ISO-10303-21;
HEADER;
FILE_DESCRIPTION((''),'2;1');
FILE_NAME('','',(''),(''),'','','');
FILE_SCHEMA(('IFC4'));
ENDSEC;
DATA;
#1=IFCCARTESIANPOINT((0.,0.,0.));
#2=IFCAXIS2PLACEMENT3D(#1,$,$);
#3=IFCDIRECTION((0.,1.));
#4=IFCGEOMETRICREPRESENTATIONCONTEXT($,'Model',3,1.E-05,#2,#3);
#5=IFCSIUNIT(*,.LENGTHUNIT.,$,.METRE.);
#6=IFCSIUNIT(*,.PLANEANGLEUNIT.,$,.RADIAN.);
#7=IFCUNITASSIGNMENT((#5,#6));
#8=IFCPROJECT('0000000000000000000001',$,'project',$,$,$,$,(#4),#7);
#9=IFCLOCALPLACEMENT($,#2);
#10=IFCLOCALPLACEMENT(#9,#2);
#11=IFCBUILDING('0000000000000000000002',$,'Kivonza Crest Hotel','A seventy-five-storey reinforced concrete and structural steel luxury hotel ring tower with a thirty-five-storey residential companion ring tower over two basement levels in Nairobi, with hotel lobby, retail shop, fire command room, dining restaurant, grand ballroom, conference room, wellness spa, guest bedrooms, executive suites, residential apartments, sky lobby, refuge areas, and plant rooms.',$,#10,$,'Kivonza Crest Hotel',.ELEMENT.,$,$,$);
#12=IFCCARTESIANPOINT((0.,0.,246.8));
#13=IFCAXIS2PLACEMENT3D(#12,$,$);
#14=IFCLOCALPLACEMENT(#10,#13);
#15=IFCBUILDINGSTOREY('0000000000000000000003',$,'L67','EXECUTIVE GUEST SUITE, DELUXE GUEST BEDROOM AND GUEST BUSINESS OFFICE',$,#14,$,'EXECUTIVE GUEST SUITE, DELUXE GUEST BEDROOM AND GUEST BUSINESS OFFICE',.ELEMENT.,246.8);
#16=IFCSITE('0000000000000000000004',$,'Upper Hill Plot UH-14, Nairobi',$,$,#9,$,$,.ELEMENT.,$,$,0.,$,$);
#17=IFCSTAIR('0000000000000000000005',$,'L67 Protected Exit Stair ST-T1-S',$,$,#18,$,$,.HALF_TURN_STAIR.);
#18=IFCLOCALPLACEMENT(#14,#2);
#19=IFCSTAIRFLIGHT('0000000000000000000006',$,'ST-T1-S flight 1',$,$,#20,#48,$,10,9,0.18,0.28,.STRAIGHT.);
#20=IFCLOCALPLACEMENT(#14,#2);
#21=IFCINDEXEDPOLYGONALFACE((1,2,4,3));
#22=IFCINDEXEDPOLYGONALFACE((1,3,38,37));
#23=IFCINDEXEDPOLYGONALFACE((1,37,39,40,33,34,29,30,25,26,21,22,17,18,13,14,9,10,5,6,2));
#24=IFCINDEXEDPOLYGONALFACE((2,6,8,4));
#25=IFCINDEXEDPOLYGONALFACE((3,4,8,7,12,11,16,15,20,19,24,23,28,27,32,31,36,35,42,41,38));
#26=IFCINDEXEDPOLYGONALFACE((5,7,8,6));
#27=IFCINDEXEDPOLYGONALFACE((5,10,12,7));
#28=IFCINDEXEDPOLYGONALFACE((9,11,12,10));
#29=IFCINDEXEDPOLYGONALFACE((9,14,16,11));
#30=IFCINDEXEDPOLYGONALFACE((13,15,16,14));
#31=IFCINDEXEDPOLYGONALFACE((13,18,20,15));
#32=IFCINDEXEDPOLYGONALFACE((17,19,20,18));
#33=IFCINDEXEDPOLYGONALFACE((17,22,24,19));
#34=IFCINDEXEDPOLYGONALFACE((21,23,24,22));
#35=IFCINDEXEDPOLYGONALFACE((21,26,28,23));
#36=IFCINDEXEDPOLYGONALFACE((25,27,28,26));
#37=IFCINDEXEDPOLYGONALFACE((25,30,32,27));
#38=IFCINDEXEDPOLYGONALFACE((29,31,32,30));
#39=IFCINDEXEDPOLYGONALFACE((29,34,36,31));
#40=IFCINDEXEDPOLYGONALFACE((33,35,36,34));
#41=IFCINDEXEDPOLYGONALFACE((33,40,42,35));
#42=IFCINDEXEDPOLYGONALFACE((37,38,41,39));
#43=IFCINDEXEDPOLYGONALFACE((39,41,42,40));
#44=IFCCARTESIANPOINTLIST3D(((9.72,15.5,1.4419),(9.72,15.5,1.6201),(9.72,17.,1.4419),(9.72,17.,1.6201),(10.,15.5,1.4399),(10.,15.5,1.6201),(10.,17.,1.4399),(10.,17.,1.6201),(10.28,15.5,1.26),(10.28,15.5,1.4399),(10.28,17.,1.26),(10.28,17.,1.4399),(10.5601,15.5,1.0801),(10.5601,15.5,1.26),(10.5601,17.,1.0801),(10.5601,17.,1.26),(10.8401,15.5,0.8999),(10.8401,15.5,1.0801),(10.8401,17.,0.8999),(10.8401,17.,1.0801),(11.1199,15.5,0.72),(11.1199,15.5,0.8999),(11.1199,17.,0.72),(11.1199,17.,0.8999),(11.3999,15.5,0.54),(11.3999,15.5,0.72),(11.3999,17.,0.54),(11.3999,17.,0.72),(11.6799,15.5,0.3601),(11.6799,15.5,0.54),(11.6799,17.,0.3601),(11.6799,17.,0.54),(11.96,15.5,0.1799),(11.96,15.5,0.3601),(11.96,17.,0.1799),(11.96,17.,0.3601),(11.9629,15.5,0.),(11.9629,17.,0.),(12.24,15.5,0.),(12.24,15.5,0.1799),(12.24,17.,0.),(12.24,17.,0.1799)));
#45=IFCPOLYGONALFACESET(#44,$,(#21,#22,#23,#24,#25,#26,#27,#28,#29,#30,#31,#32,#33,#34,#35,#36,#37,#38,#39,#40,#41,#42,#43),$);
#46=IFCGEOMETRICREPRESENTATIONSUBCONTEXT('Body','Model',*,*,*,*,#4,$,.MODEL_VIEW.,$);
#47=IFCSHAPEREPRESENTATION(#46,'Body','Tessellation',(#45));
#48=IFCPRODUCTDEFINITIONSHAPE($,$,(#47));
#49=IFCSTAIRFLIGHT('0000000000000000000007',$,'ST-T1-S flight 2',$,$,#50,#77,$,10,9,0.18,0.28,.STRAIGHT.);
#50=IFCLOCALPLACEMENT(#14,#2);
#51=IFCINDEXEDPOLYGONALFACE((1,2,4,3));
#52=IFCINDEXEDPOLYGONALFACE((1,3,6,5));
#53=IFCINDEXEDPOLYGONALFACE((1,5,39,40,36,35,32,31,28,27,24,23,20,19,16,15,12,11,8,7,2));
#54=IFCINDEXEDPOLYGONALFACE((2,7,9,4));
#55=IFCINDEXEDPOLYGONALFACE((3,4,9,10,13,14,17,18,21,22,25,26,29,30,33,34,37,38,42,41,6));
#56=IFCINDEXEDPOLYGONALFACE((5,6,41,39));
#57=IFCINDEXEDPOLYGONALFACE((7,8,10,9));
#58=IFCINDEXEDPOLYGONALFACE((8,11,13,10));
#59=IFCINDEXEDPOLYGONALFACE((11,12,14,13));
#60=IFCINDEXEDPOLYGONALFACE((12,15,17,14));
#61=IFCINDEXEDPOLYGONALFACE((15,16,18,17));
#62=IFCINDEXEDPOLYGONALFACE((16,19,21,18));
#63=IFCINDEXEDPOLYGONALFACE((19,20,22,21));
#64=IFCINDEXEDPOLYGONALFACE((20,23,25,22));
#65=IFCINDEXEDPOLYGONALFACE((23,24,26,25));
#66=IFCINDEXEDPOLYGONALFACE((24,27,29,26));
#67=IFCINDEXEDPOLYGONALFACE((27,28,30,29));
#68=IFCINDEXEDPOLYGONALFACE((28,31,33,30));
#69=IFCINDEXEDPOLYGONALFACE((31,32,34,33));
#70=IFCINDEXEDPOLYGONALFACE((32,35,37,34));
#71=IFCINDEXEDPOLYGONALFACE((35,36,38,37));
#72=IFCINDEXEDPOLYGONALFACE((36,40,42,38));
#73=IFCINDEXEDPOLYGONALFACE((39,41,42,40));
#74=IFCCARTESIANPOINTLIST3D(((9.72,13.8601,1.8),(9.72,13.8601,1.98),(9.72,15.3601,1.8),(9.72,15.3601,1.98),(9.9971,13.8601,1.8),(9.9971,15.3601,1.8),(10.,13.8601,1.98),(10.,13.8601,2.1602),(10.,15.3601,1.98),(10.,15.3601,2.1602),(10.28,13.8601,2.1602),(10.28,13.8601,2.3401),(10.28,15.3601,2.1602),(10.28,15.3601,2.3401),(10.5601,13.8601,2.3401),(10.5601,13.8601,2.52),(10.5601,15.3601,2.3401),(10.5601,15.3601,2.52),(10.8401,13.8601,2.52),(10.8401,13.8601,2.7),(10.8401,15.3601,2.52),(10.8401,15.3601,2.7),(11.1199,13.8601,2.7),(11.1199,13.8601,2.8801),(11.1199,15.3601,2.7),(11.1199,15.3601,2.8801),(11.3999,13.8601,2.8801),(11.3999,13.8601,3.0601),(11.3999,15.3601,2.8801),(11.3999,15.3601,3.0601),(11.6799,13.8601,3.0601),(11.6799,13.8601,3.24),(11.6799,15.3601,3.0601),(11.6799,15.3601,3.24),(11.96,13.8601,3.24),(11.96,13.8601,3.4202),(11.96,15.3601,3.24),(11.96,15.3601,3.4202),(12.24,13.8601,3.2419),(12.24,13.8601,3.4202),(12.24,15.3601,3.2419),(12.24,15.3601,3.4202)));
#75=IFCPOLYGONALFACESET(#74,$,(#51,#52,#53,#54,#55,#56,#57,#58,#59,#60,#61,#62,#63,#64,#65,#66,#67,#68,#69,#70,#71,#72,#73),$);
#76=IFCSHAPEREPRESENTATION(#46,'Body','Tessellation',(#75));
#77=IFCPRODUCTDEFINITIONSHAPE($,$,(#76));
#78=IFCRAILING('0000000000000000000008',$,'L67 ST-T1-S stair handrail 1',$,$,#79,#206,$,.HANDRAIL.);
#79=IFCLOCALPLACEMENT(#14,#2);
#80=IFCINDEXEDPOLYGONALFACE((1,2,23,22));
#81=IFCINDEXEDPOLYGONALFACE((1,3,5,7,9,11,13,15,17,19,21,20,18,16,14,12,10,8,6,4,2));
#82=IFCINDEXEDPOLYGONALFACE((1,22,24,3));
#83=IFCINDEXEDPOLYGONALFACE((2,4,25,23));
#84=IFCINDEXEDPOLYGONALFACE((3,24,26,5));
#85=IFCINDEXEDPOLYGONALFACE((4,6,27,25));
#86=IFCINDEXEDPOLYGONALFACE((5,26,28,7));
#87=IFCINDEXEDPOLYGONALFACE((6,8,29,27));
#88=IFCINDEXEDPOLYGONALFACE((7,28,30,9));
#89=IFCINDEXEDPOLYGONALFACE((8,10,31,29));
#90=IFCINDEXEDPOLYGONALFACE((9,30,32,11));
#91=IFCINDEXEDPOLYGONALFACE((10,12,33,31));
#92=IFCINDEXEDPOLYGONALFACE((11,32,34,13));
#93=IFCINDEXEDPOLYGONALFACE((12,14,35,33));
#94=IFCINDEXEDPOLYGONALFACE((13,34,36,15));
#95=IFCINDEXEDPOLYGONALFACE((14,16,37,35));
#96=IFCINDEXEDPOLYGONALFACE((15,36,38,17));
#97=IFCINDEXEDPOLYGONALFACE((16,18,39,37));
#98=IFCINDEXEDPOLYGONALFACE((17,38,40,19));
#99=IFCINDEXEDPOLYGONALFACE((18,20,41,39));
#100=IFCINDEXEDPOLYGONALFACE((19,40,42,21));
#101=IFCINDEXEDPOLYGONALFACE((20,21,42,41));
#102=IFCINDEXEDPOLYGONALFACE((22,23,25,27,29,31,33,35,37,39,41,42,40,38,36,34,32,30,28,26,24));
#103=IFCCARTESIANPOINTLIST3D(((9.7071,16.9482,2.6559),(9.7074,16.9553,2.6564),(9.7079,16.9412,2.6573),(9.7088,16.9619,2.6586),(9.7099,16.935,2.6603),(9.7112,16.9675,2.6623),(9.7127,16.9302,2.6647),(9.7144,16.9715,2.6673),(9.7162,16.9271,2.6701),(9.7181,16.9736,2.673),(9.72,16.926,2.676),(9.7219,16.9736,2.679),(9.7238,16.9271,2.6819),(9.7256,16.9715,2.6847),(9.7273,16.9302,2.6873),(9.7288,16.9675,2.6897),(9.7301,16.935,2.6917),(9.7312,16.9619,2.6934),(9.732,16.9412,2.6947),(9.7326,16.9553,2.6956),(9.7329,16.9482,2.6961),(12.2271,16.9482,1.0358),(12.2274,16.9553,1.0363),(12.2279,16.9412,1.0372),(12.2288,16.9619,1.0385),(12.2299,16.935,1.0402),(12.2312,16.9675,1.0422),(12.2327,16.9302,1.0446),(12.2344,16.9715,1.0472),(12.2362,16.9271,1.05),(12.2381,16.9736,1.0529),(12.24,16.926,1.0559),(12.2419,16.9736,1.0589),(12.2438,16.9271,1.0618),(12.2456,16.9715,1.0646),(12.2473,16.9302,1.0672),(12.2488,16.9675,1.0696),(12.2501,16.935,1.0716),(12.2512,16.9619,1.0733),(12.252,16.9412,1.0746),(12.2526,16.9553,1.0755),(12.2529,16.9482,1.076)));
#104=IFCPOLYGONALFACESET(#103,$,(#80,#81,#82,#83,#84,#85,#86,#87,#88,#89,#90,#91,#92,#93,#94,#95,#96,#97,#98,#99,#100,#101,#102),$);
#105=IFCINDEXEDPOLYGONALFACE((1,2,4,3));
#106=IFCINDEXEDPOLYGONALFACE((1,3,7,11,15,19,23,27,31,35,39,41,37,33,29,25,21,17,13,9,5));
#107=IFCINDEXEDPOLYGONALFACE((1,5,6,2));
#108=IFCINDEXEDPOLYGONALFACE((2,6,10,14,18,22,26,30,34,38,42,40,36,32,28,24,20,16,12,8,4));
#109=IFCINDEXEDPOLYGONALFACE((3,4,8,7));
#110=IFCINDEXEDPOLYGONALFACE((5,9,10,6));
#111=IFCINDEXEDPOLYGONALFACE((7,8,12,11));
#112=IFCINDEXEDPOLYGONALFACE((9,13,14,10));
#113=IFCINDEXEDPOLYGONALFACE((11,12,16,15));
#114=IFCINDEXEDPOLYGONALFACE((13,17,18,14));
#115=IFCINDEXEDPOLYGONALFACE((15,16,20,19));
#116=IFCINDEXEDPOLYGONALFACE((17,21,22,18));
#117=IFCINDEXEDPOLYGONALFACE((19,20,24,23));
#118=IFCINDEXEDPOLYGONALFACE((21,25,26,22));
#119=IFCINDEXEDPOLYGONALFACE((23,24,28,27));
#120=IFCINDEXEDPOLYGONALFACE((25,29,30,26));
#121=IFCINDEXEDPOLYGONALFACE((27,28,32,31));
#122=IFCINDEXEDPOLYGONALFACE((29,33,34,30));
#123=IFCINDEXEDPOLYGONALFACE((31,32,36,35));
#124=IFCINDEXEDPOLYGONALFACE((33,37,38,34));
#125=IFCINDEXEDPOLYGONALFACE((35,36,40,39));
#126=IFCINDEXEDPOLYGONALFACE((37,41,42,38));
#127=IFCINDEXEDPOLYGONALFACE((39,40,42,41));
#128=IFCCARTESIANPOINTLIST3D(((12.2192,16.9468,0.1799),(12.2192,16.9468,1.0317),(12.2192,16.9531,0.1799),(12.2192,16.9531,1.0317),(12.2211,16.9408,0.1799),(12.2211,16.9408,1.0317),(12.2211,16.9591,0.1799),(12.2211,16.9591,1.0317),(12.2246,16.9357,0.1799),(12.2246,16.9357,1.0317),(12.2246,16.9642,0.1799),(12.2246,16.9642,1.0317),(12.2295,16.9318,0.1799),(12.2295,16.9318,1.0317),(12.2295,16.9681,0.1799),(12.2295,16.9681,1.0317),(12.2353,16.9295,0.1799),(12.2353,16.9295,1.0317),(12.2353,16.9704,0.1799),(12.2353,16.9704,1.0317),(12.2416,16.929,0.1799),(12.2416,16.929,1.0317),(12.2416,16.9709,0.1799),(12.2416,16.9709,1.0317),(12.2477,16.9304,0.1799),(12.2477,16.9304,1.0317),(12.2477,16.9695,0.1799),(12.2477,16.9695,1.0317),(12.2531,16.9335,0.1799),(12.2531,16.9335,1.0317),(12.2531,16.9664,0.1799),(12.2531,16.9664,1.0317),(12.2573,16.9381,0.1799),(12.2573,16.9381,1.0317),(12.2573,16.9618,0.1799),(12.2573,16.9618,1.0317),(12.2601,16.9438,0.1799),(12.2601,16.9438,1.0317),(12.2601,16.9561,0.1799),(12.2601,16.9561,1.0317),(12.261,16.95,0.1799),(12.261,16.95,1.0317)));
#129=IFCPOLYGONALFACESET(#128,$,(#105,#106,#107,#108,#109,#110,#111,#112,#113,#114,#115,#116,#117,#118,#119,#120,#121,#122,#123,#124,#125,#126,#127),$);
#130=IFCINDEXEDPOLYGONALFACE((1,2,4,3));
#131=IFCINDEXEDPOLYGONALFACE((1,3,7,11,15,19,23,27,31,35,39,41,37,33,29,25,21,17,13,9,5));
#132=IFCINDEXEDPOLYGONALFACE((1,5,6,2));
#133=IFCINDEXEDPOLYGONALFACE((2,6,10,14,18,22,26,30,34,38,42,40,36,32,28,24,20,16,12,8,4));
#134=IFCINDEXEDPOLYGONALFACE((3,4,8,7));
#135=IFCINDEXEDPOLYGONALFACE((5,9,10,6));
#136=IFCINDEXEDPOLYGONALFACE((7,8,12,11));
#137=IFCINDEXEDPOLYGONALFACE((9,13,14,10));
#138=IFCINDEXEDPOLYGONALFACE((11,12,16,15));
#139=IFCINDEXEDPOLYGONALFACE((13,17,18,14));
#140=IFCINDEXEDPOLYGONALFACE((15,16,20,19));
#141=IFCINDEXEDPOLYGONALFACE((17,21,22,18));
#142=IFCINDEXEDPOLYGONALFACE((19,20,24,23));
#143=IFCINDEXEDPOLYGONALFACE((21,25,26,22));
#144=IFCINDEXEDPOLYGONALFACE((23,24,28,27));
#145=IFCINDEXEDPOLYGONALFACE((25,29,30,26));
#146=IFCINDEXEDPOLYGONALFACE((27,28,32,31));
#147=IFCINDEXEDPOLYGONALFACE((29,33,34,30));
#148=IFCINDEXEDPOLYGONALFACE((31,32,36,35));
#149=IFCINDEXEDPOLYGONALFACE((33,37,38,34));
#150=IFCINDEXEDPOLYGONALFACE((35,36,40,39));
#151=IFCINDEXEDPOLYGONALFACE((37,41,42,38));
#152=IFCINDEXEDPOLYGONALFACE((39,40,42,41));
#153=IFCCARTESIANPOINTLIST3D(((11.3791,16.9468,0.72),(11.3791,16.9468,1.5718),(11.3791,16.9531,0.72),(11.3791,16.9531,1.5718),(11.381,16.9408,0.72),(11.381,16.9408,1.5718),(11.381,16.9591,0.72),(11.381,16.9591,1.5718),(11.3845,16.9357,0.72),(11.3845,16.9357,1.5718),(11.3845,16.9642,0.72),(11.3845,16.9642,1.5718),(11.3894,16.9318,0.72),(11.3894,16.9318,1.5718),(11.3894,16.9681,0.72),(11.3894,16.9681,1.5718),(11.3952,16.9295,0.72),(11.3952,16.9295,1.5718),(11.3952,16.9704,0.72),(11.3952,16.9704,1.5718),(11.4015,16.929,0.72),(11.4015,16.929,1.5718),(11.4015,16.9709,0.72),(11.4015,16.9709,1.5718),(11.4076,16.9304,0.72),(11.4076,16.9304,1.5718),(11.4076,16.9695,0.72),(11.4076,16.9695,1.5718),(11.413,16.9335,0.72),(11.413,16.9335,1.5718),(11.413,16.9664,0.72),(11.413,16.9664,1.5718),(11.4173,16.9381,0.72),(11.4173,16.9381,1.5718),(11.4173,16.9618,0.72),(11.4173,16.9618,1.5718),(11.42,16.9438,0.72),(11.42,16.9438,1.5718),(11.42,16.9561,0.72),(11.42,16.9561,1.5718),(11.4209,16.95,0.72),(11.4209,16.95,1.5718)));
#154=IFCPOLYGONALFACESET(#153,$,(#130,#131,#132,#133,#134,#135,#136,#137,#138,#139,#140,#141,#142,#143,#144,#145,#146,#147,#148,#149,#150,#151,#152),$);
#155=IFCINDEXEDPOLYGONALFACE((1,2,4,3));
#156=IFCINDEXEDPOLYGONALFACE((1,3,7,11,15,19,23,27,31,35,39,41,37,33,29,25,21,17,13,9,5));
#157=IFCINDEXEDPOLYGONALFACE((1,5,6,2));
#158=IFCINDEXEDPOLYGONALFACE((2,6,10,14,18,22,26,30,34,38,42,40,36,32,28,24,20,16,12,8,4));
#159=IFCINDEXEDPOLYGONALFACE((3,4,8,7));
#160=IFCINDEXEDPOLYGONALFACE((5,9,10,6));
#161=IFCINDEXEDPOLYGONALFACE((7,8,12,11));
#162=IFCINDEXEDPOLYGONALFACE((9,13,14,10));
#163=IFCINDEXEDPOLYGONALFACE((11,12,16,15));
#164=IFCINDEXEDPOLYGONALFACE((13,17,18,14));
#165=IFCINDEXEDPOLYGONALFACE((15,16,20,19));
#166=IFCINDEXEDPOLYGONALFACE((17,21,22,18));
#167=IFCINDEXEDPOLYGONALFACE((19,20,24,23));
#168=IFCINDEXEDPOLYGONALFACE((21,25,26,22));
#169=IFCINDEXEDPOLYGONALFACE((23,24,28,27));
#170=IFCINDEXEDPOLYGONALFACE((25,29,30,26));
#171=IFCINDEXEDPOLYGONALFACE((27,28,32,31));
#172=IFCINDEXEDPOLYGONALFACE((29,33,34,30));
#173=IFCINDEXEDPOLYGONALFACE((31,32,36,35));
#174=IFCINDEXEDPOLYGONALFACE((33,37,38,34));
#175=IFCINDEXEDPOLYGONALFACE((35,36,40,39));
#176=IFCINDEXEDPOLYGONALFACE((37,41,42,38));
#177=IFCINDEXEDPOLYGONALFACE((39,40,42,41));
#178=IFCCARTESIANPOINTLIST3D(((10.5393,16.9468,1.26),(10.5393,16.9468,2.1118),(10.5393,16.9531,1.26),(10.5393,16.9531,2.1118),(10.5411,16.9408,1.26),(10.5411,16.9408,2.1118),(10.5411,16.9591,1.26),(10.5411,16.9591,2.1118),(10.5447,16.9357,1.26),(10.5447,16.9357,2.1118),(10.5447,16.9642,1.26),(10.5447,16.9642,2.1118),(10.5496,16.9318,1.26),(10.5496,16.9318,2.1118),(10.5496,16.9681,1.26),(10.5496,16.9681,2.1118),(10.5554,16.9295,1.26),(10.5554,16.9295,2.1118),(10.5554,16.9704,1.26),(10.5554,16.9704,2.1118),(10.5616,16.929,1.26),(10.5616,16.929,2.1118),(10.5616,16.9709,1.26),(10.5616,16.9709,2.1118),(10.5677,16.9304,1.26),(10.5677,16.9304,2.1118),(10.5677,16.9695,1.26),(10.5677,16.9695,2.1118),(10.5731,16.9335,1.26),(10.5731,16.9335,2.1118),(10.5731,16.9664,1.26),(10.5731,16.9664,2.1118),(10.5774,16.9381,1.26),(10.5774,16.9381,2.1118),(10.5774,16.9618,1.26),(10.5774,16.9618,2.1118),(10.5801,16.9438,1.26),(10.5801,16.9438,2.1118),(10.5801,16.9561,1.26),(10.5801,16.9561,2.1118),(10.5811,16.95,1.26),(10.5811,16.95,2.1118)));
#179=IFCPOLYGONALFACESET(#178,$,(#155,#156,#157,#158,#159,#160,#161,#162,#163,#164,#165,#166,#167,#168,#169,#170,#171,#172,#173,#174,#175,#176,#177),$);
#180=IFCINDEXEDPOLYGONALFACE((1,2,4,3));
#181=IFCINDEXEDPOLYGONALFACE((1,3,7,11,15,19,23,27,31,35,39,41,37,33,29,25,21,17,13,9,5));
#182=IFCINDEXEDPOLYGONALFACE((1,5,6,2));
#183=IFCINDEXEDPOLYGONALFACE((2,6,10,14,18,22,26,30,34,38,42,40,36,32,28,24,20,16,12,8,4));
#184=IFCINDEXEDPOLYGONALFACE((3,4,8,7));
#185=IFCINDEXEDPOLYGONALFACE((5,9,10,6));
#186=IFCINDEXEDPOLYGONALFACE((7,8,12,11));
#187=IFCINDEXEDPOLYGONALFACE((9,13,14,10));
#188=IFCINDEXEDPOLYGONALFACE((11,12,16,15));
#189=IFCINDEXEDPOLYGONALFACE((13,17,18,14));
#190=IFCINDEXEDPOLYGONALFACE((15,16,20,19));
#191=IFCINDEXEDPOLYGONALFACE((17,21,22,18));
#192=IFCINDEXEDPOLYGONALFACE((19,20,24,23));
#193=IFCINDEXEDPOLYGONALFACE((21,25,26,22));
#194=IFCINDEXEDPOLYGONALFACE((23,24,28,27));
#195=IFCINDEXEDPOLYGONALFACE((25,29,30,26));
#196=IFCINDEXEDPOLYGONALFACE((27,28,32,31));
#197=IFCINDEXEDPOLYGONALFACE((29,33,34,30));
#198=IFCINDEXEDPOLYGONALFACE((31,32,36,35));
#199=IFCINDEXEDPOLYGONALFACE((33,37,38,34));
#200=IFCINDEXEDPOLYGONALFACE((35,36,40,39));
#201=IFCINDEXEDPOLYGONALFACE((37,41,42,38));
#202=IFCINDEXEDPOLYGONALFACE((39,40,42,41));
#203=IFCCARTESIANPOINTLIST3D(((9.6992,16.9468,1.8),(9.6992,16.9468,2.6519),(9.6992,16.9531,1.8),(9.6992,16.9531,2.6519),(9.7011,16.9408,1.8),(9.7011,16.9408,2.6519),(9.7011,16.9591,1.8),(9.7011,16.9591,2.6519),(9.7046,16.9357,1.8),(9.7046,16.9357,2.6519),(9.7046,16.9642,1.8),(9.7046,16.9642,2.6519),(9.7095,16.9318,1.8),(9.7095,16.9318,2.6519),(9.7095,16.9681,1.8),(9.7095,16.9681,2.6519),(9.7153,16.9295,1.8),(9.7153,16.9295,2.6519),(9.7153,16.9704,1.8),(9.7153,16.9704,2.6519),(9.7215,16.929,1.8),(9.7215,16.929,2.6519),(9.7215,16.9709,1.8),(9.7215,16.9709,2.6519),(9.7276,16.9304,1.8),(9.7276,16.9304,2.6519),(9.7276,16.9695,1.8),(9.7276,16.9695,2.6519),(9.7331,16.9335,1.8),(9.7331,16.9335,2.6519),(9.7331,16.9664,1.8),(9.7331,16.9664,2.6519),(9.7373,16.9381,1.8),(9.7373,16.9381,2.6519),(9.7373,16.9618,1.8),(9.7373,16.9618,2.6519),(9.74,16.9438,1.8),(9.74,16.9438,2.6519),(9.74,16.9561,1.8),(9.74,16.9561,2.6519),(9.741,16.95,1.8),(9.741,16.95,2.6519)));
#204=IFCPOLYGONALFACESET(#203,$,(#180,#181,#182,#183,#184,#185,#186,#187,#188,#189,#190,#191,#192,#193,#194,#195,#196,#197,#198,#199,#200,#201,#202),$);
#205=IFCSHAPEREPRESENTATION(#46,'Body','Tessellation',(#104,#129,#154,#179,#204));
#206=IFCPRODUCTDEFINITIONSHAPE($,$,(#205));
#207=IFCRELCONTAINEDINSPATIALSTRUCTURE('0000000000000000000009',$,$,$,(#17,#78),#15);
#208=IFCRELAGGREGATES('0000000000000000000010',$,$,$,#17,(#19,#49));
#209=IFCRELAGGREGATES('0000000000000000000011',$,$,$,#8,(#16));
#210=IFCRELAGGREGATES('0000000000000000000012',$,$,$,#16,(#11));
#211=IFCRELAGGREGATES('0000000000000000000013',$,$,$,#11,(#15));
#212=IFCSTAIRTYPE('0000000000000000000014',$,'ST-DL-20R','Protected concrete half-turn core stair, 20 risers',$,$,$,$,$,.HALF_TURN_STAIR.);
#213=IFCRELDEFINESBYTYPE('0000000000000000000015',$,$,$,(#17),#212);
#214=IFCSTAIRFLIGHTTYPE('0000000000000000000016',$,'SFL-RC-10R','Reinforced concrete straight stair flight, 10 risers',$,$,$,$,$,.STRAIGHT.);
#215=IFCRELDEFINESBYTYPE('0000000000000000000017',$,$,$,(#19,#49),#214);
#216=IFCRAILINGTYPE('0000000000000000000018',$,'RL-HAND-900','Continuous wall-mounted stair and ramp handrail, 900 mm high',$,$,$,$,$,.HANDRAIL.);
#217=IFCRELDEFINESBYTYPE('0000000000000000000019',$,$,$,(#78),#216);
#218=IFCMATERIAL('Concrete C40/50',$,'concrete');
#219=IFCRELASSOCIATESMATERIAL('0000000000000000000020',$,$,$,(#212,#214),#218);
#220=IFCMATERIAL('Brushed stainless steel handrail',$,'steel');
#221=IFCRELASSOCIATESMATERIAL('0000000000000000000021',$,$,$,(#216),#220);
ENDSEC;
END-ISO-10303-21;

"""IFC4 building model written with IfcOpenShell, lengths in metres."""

from ifc_helpers import new_model, si_unit, direction, frame, origin, origin_2d, place, context, subcontext, project, spatial, polyline, circle, outline, extrude, material, type_object, element, aggregate, save


model = new_model("IFC4")

# Units and contexts
model_context = context("Model", 3, precision=1e-05, world=origin(), true_north=direction((0.0, 1.0)))
body_context = subcontext(model_context, "Body", "Model", "MODEL_VIEW")
ifc_project = project(units=[si_unit("LENGTHUNIT", "METRE"), si_unit("PLANEANGLEUNIT", "RADIAN")], contexts=[model_context])

# Site, building, storey
site_placement = place(None, origin())
site = spatial("IfcSite", under=ifc_project, at=site_placement, Name="Upper Hill Plot UH-14, Nairobi", CompositionType="ELEMENT", RefElevation=0.0)
building_placement = place(site_placement, origin())
building = spatial("IfcBuilding", under=site, at=building_placement, Name="Kivonza Crest Hotel", Description="A seventy-five-storey reinforced concrete and structural steel luxury hotel ring tower with a thirty-five-storey residential companion ring tower over two basement levels in Nairobi, with hotel lobby, retail shop, fire command room, dining restaurant, grand ballroom, conference room, wellness spa, guest bedrooms, executive suites, residential apartments, sky lobby, refuge areas, and plant rooms.", LongName="Kivonza Crest Hotel", CompositionType="ELEMENT")
storey_placement = place(building_placement, frame((0.0, 0.0, 246.8)))
storey = spatial("IfcBuildingStorey", under=building, at=storey_placement, Name="L67", Description="EXECUTIVE GUEST SUITE, DELUXE GUEST BEDROOM AND GUEST BUSINESS OFFICE", LongName="EXECUTIVE GUEST SUITE, DELUXE GUEST BEDROOM AND GUEST BUSINESS OFFICE", CompositionType="ELEMENT", Elevation=246.8)

# Stair, stair flights
ifc_material_1 = material(Name="Concrete C40/50", Category="concrete")
stair_type = type_object("IfcStairType", Name="ST-DL-20R", Description="Protected concrete half-turn core stair, 20 risers", PredefinedType="HALF_TURN_STAIR", material=ifc_material_1)
stair_placement = place(storey_placement, origin())
stair = element("IfcStair", 1, at=stair_placement, inside=storey, type_object=stair_type, Name="L67 Protected Exit Stair ST-T1-S", PredefinedType="HALF_TURN_STAIR")
stair_flight_type = type_object("IfcStairFlightType", Name="SFL-RC-10R", Description="Reinforced concrete straight stair flight, 10 risers", PredefinedType="STRAIGHT", material=ifc_material_1)
stair_flight_1_placement = place(storey_placement, frame((12.24, 16.25, 0.0), z_axis=(0.0, 0.0, 1.0), x_axis=(-1.0, 0.0, 0.0)))
stair_flight_1 = element("IfcStairFlight", 2, at=stair_flight_1_placement, type_object=stair_flight_type, Name="ST-T1-S flight 1", NumberOfRisers=10, NumberOfTreads=9, PredefinedType="STRAIGHT", RiserHeight=0.18, TreadLength=0.28, context=body_context, shape_type="SweptSolid", body=[
    extrude(outline(polyline([(0.0, 0.0), (0.0, 0.1799), (0.28, 0.1799), (0.28, 0.3601), (0.5601, 0.3601), (0.5601, 0.54), (0.8401, 0.54), (0.8401, 0.72), (1.1201, 0.72), (1.1201, 0.8999), (1.3999, 0.8999), (1.3999, 1.0801), (1.6799, 1.0801), (1.6799, 1.26), (1.96, 1.26), (1.96, 1.4399), (2.24, 1.4399), (2.24, 1.6201), (2.52, 1.6201), (2.52, 1.8), (2.52, 1.4419), (0.2771, 0.0), (0.0, 0.0)])), frame((0.0, 0.75, 0.0), z_axis=(0.0, -1.0, 0.0), x_axis=(1.0, 0.0, 0.0)), (0.0, 0.0, 1.0), 1.5),
])
stair_flight_2_placement = place(storey_placement, frame((9.72, 14.6101, 1.8), z_axis=(0.0, 0.0, 1.0), x_axis=(1.0, 0.0, 0.0)))
stair_flight_2 = element("IfcStairFlight", 3, at=stair_flight_2_placement, type_object=stair_flight_type, Name="ST-T1-S flight 2", NumberOfRisers=10, NumberOfTreads=9, PredefinedType="STRAIGHT", RiserHeight=0.18, TreadLength=0.28, context=body_context, shape_type="SweptSolid", body=[
    extrude(outline(polyline([(0.0, 0.0), (0.0, 0.1799), (0.28, 0.1799), (0.28, 0.3601), (0.5601, 0.3601), (0.5601, 0.54), (0.8401, 0.54), (0.8401, 0.72), (1.1201, 0.72), (1.1201, 0.8999), (1.3999, 0.8999), (1.3999, 1.0801), (1.6799, 1.0801), (1.6799, 1.26), (1.96, 1.26), (1.96, 1.4399), (2.24, 1.4399), (2.24, 1.6201), (2.52, 1.6201), (2.52, 1.8), (2.52, 1.4419), (0.2771, 0.0), (0.0, 0.0)])), frame((0.0, 0.75, 0.0), z_axis=(0.0, -1.0, 0.0), x_axis=(1.0, 0.0, 0.0)), (0.0, 0.0, 1.0), 1.5),
])
aggregate(stair, [stair_flight_1, stair_flight_2])

# Railing
ifc_material_2 = material(Name="Brushed stainless steel handrail", Category="steel")
railing_type_1 = type_object("IfcRailingType", Name="RL-HAND-900", Description="Continuous wall-mounted stair and ramp handrail, 900 mm high", PredefinedType="HANDRAIL", material=ifc_material_2)
railing_1_placement = place(storey_placement, frame((12.24, 16.95, 0.1799)))
element("IfcRailing", 4, at=railing_1_placement, inside=storey, type_object=railing_type_1, Name="L67 ST-T1-S stair handrail 1", PredefinedType="HANDRAIL", context=body_context, shape_type="SweptSolid", body=[
    extrude(circle(Radius=0.0239, at=origin_2d()), frame((0.0, 0.0, 0.876), z_axis=(-0.841163, 0.0, 0.540782), x_axis=(0.0, -1.0, 0.0)), (0.0, 0.0, 1.0), 2.9958),
    extrude(circle(Radius=0.021, at=origin_2d()), origin(), (0.0, 0.0, 1.0), 0.8518),
    extrude(circle(Radius=0.021, at=origin_2d()), frame((-0.8401, 0.0, 0.54)), (0.0, 0.0, 1.0), 0.8518),
    extrude(circle(Radius=0.021, at=origin_2d()), frame((-1.6799, 0.0, 1.0801)), (0.0, 0.0, 1.0), 0.8518),
    extrude(circle(Radius=0.021, at=origin_2d()), frame((-2.52, 0.0, 1.6201)), (0.0, 0.0, 1.0), 0.8518),
])

save(model, "model.ifc")
